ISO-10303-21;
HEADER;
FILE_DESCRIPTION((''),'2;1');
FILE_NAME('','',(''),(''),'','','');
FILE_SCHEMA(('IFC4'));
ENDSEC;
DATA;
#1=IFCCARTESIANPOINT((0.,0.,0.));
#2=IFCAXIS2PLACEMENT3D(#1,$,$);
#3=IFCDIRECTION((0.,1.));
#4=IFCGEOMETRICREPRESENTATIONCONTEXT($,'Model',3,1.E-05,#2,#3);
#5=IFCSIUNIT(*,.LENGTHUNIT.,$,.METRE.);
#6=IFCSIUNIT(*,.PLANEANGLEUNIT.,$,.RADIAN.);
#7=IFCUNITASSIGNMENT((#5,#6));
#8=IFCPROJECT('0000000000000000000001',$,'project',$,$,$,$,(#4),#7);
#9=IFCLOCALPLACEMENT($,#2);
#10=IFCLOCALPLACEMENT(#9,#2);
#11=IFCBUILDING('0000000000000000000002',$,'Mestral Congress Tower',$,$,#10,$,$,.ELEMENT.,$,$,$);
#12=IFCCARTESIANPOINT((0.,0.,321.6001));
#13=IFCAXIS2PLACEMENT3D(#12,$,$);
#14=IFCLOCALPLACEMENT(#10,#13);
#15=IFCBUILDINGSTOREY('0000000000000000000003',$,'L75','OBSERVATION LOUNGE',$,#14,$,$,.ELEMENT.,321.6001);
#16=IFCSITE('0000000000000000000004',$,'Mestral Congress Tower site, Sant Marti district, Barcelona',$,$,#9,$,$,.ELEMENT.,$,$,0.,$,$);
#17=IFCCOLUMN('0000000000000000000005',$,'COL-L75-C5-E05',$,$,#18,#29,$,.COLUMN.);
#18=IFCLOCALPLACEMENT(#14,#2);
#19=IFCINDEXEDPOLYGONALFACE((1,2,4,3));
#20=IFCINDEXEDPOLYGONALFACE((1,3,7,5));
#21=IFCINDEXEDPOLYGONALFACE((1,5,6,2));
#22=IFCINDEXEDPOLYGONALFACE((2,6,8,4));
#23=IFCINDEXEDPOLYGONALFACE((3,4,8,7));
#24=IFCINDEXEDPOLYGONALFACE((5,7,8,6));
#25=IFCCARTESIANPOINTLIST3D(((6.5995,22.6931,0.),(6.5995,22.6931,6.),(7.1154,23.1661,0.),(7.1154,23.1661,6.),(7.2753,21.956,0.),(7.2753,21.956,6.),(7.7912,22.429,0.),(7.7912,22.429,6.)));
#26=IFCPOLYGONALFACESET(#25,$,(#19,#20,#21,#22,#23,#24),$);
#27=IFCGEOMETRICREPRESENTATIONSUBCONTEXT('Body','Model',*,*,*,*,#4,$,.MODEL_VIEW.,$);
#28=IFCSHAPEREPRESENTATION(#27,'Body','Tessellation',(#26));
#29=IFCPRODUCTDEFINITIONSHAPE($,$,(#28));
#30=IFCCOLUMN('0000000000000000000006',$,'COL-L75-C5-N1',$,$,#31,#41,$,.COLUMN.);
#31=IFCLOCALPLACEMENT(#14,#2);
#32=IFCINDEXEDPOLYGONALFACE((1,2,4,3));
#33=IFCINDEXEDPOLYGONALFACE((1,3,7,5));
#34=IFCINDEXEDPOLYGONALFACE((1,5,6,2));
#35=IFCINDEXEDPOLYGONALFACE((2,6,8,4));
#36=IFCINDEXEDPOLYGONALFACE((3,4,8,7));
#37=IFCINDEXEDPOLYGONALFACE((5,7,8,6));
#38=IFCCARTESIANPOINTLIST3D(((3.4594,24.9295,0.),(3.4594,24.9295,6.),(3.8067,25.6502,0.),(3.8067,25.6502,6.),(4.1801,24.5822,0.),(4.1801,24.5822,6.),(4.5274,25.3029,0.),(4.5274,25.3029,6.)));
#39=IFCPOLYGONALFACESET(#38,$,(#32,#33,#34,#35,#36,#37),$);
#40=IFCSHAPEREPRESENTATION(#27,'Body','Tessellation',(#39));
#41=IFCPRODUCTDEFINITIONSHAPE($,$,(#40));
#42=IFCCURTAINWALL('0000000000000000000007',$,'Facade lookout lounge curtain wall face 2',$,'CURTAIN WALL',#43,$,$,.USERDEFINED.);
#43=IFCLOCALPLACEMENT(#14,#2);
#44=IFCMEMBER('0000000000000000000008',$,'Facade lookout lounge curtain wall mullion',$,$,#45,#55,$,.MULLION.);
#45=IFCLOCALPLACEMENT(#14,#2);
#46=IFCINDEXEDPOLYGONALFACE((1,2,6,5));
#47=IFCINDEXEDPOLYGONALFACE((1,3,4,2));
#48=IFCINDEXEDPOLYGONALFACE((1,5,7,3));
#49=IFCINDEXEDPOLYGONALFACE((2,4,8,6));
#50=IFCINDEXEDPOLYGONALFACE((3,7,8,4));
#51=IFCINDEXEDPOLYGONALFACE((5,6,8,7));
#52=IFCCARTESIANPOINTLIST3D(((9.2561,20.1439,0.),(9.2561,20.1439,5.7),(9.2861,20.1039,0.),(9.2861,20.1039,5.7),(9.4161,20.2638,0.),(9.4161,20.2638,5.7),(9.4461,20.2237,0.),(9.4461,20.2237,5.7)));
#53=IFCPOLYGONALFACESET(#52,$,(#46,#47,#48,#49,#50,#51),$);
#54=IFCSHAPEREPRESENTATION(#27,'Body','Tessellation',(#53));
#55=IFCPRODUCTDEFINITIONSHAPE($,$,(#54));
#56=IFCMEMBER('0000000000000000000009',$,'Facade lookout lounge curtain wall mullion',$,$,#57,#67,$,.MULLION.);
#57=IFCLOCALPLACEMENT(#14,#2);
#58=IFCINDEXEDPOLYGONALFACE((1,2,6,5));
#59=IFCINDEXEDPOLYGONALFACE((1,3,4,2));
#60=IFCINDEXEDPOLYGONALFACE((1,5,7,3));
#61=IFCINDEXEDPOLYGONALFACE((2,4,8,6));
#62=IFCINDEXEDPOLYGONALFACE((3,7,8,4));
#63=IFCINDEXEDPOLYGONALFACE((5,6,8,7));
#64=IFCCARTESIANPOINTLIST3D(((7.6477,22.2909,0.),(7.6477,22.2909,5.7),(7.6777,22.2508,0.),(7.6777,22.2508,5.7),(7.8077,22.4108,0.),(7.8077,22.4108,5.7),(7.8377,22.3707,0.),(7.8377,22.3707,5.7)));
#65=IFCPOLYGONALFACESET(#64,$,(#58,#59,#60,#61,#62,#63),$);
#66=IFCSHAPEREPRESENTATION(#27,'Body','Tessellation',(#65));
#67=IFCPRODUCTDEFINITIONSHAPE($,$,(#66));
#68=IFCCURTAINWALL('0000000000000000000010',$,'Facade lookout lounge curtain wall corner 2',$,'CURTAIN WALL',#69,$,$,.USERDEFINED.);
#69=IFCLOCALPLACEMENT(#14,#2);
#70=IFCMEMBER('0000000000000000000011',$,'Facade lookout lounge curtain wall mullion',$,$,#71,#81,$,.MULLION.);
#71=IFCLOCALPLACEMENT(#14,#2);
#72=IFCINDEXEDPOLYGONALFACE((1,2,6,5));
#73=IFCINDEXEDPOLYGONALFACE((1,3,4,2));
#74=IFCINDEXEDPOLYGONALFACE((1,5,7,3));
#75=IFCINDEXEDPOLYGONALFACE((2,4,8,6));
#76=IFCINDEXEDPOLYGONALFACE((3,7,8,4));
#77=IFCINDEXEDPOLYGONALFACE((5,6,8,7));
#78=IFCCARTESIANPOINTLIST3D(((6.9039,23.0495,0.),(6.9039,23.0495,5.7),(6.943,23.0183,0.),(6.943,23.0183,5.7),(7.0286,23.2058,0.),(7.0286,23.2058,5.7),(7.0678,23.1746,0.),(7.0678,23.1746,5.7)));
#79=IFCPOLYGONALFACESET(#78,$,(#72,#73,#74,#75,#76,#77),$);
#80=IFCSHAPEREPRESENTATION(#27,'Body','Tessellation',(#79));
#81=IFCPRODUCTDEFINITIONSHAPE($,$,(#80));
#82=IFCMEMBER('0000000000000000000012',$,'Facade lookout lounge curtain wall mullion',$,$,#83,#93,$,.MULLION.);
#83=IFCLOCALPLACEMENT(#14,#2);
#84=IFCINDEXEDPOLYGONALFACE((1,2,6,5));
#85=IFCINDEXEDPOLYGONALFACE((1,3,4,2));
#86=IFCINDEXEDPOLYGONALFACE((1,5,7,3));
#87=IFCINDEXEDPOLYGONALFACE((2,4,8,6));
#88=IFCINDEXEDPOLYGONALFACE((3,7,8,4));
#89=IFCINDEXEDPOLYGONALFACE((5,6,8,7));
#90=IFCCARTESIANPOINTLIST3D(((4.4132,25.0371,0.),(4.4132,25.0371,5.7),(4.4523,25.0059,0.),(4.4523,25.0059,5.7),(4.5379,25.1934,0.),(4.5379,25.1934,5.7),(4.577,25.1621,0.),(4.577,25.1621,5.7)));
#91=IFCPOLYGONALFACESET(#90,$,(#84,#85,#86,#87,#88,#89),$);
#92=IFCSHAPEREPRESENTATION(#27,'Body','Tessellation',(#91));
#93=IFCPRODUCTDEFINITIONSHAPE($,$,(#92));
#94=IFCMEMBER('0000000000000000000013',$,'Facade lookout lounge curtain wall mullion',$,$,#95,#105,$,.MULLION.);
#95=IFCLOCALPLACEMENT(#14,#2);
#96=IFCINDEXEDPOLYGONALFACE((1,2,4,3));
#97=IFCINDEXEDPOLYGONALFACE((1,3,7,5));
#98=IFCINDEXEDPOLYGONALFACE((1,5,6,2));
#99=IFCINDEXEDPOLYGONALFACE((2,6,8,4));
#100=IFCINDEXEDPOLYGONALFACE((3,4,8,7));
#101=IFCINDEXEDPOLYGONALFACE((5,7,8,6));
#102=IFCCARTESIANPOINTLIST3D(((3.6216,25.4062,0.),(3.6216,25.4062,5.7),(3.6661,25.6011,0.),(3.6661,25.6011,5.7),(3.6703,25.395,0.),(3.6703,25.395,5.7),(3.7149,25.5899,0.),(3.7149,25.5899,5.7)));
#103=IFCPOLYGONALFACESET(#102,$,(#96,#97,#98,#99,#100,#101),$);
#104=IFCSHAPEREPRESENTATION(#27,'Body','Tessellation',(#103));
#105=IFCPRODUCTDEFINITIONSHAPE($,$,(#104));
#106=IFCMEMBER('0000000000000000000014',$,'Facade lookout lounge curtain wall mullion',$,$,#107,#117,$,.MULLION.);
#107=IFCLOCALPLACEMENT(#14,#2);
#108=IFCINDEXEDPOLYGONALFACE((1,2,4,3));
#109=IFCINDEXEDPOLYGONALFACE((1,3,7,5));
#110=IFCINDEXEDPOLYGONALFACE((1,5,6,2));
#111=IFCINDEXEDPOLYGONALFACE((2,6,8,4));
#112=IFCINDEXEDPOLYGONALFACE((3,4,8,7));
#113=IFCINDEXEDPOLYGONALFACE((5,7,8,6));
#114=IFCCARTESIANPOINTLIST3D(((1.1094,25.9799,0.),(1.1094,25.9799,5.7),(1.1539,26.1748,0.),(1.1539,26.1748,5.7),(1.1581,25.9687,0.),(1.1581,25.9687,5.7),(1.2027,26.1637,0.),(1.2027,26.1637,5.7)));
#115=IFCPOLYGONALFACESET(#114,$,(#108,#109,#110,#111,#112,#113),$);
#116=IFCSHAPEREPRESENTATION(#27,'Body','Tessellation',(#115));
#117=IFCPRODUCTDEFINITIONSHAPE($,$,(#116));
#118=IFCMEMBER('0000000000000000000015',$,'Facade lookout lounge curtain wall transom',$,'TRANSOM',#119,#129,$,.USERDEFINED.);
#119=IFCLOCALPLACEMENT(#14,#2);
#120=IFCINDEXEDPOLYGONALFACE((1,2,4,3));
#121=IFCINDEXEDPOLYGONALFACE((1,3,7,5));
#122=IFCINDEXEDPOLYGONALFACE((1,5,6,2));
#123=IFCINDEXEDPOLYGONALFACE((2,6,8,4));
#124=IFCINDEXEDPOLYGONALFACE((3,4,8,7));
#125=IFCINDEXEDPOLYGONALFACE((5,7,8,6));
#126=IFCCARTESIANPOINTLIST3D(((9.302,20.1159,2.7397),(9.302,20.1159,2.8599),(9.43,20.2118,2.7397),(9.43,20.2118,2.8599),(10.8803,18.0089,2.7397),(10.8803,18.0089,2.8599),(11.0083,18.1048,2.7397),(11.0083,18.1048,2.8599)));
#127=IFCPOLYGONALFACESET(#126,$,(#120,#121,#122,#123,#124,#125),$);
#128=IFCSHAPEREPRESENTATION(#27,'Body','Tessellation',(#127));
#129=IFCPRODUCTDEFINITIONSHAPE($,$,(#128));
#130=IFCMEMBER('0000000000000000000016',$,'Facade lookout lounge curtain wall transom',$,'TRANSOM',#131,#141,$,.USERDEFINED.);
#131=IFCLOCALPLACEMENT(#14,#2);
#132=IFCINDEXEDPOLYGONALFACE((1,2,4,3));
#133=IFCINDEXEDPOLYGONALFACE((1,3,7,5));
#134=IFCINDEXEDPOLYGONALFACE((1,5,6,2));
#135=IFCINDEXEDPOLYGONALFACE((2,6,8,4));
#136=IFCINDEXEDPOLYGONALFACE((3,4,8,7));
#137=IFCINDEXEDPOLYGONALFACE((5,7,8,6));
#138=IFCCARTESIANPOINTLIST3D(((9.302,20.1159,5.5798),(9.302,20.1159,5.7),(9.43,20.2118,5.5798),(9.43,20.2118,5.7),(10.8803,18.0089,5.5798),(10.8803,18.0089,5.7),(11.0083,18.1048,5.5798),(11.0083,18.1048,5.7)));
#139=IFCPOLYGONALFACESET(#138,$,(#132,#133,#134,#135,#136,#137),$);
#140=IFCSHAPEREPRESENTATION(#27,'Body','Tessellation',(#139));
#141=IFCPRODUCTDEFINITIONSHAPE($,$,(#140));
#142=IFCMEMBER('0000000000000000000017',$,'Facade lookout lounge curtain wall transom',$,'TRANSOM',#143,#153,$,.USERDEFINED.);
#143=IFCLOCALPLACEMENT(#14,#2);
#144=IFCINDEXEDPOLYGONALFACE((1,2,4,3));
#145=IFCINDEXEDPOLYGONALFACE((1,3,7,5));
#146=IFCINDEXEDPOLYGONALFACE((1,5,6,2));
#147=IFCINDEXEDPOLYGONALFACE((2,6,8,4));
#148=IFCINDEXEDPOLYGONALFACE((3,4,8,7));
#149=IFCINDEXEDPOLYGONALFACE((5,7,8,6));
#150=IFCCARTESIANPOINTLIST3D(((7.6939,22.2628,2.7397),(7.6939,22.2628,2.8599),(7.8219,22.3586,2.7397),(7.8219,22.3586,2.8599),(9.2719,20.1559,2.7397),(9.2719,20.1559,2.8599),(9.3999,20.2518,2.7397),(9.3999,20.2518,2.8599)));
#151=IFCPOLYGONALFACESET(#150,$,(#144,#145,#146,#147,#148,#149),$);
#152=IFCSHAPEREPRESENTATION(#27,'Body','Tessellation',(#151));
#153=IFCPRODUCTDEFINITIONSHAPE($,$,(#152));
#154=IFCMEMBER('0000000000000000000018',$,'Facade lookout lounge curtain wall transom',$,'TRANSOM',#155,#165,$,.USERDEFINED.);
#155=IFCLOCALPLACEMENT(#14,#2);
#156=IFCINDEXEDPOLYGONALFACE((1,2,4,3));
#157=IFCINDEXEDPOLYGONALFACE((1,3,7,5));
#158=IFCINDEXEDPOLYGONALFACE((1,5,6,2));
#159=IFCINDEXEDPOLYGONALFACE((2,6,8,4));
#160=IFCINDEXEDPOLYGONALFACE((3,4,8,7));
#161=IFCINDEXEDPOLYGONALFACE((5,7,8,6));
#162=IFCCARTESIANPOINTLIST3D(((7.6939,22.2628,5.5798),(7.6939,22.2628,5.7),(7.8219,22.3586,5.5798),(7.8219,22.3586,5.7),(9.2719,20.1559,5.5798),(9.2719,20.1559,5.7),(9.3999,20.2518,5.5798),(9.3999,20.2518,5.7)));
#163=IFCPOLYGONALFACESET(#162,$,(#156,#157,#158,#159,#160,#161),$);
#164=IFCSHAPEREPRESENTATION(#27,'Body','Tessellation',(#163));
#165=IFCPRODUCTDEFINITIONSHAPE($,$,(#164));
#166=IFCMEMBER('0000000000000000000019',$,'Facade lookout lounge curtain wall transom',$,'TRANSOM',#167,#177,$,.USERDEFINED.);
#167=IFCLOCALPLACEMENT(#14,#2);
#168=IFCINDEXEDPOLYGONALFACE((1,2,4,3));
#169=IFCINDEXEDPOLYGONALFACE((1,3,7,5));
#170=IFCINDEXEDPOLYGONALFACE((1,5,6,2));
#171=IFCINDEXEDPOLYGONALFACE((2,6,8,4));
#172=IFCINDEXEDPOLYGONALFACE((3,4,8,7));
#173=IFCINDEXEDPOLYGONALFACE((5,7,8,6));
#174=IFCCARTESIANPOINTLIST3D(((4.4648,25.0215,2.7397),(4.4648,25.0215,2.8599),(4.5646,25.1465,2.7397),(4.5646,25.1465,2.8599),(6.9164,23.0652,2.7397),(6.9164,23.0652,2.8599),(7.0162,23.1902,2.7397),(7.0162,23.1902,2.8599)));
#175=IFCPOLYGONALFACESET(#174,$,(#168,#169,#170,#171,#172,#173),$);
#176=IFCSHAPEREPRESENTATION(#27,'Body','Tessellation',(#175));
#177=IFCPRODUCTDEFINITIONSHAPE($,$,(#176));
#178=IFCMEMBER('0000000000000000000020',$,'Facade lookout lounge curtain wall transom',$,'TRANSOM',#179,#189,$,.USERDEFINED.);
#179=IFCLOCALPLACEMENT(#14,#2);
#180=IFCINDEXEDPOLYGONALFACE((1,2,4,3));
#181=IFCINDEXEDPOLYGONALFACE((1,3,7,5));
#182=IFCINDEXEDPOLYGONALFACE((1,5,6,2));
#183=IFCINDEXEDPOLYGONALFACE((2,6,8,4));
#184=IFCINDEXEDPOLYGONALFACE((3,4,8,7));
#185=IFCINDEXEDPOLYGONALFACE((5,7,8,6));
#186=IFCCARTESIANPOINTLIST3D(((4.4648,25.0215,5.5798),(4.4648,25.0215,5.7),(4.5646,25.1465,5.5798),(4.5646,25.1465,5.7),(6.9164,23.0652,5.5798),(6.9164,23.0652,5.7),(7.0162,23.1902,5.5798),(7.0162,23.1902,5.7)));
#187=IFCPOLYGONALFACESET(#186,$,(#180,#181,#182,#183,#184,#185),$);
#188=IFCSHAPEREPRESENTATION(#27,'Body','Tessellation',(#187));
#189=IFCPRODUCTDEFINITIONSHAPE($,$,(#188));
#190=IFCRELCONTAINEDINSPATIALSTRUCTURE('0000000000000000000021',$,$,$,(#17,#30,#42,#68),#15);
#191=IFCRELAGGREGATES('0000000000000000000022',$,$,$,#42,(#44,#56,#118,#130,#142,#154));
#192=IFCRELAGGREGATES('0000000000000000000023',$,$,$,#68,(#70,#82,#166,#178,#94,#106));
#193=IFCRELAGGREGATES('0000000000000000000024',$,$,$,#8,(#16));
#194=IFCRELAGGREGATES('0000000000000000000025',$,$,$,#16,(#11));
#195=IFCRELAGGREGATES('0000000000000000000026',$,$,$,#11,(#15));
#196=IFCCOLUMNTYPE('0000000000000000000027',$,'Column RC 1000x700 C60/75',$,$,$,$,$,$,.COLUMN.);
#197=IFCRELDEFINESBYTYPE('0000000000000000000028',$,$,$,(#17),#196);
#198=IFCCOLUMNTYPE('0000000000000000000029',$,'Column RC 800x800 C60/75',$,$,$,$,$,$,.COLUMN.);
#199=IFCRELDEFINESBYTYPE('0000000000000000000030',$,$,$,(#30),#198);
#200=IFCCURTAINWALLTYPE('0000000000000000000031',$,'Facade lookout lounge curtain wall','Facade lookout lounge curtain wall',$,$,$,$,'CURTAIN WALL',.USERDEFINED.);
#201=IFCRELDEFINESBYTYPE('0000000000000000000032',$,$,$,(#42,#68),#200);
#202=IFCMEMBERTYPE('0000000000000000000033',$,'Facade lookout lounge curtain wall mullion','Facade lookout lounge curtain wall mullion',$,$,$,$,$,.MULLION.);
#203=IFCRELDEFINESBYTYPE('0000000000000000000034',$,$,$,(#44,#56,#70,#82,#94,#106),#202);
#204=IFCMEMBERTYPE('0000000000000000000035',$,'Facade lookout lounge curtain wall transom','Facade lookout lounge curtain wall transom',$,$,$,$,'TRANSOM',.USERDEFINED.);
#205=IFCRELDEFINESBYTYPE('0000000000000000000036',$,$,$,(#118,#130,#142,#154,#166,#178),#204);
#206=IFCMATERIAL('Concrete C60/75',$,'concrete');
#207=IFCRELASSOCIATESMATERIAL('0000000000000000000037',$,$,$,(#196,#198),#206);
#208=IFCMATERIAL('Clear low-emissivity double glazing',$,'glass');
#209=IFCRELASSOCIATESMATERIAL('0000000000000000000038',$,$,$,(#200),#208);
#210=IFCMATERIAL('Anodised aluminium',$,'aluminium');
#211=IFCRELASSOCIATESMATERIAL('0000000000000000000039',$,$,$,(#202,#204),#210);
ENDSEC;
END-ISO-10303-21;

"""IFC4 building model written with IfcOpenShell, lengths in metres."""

from ifc_helpers import new_model, si_unit, direction, frame, origin, origin_2d, place, context, subcontext, project, spatial, rectangle, extrude, material, material_profile, profile_set, type_object, element, aggregate, save


model = new_model("IFC4")

# Units and contexts
model_context = context("Model", 3, precision=1e-05, world=origin(), true_north=direction((0.0, 1.0)))
body_context = subcontext(model_context, "Body", "Model", "MODEL_VIEW")
ifc_project = project(units=[si_unit("LENGTHUNIT", "METRE"), si_unit("PLANEANGLEUNIT", "RADIAN")], contexts=[model_context])

# Site, building, storey
site_placement = place(None, origin())
site = spatial("IfcSite", under=ifc_project, at=site_placement, Name="Mestral Congress Tower site, Sant Marti district, Barcelona", CompositionType="ELEMENT", RefElevation=0.0)
building_placement = place(site_placement, origin())
building = spatial("IfcBuilding", under=site, at=building_placement, Name="Mestral Congress Tower", CompositionType="ELEMENT")
storey_placement = place(building_placement, frame((0.0, 0.0, 321.6001)))
storey = spatial("IfcBuildingStorey", under=building, at=storey_placement, Name="L75", Description="OBSERVATION LOUNGE", CompositionType="ELEMENT", Elevation=321.6001)

# Columns
ifc_material_1 = material(Name="Concrete C60/75", Category="concrete")
ifc_material_profile_1 = material_profile(ifc_material_1, rectangle(XDim=1.0, YDim=0.7, at=origin_2d()), Name="RC 1000x700")
ifc_profile_set_1 = profile_set([ifc_material_profile_1], Name="Concrete C60/75")
column_type_1 = type_object("IfcColumnType", Name="Column RC 1000x700 C60/75", PredefinedType="COLUMN", material=ifc_profile_set_1)
column_1_placement = place(storey_placement, frame((7.1953, 22.561, 0.0), z_axis=(0.0, 0.0, 1.0), x_axis=(-0.675803, 0.737083, 0.0)))
element("IfcColumn", 1, at=column_1_placement, inside=storey, type_object=column_type_1, Name="COL-L75-C5-E05", PredefinedType="COLUMN", context=body_context, shape_type="SweptSolid", body=[
    extrude(rectangle(XDim=1.0, YDim=0.7, at=origin_2d()), origin(), (0.0, 0.0, 1.0), 6.0),
])
ifc_material_profile_2 = material_profile(ifc_material_1, rectangle(XDim=0.8, YDim=0.8, at=origin_2d()), Name="RC 800x800")
ifc_profile_set_2 = profile_set([ifc_material_profile_2], Name="Concrete C60/75")
column_type_2 = type_object("IfcColumnType", Name="Column RC 800x800 C60/75", PredefinedType="COLUMN", material=ifc_profile_set_2)
column_2_placement = place(storey_placement, frame((3.9934, 25.1162, 0.0), z_axis=(0.0, 0.0, 1.0), x_axis=(-0.900873, 0.434082, 0.0)))
element("IfcColumn", 2, at=column_2_placement, inside=storey, type_object=column_type_2, Name="COL-L75-C5-N1", PredefinedType="COLUMN", context=body_context, shape_type="SweptSolid", body=[
    extrude(rectangle(XDim=0.8, YDim=0.8, at=origin_2d()), origin(), (0.0, 0.0, 1.0), 6.0),
])

# Curtain walls, members
ifc_material_2 = material(Name="Clear low-emissivity double glazing", Category="glass")
curtain_wall_type = type_object("IfcCurtainWallType", Name="Facade lookout lounge curtain wall", Description="Facade lookout lounge curtain wall", ElementType="CURTAIN WALL", PredefinedType="USERDEFINED", material=ifc_material_2)
placement = place(storey_placement, origin())
curtain_wall_1 = element("IfcCurtainWall", 3, at=placement, inside=storey, type_object=curtain_wall_type, Name="Facade lookout lounge curtain wall face 2", ObjectType="CURTAIN WALL", PredefinedType="USERDEFINED")
ifc_material_3 = material(Name="Anodised aluminium", Category="aluminium")
ifc_material_profile_3 = material_profile(ifc_material_3, rectangle(XDim=0.2, YDim=0.05, at=origin_2d()), Name="CW2 mullion 200 x 50")
ifc_profile_set_3 = profile_set([ifc_material_profile_3], Name="Anodised aluminium")
member_type_1 = type_object("IfcMemberType", Name="Facade lookout lounge curtain wall mullion", Description="Facade lookout lounge curtain wall mullion", PredefinedType="MULLION", material=ifc_profile_set_3)
member_1_placement = place(storey_placement, frame((9.3511, 20.1838, 0.0), z_axis=(0.0, 0.0, 1.0), x_axis=(0.800343, 0.599542, 0.0)))
member_1 = element("IfcMember", 4, at=member_1_placement, type_object=member_type_1, Name="Facade lookout lounge curtain wall mullion", PredefinedType="MULLION", context=body_context, shape_type="SweptSolid", body=[
    extrude(rectangle(XDim=0.2, YDim=0.05, at=origin_2d()), origin(), (0.0, 0.0, 1.0), 5.7),
])
member_2_placement = place(storey_placement, frame((7.7427, 22.3308, 0.0), z_axis=(0.0, 0.0, 1.0), x_axis=(0.800343, 0.599542, 0.0)))
member_2 = element("IfcMember", 5, at=member_2_placement, type_object=member_type_1, Name="Facade lookout lounge curtain wall mullion", PredefinedType="MULLION", context=body_context, shape_type="SweptSolid", body=[
    extrude(rectangle(XDim=0.2, YDim=0.05, at=origin_2d()), origin(), (0.0, 0.0, 1.0), 5.7),
])
curtain_wall_2 = element("IfcCurtainWall", 6, at=placement, inside=storey, type_object=curtain_wall_type, Name="Facade lookout lounge curtain wall corner 2", ObjectType="CURTAIN WALL", PredefinedType="USERDEFINED")
member_3_placement = place(storey_placement, frame((6.9858, 23.1121, 0.0), z_axis=(0.0, 0.0, 1.0), x_axis=(0.623738, 0.781634, 0.0)))
member_3 = element("IfcMember", 7, at=member_3_placement, type_object=member_type_1, Name="Facade lookout lounge curtain wall mullion", PredefinedType="MULLION", context=body_context, shape_type="SweptSolid", body=[
    extrude(rectangle(XDim=0.2, YDim=0.05, at=origin_2d()), origin(), (0.0, 0.0, 1.0), 5.7),
])
member_4_placement = place(storey_placement, frame((4.4951, 25.0996, 0.0), z_axis=(0.0, 0.0, 1.0), x_axis=(0.623738, 0.781634, 0.0)))
member_4 = element("IfcMember", 8, at=member_4_placement, type_object=member_type_1, Name="Facade lookout lounge curtain wall mullion", PredefinedType="MULLION", context=body_context, shape_type="SweptSolid", body=[
    extrude(rectangle(XDim=0.2, YDim=0.05, at=origin_2d()), origin(), (0.0, 0.0, 1.0), 5.7),
])
member_5_placement = place(storey_placement, frame((3.6682, 25.498, 0.0), z_axis=(0.0, 0.0, 1.0), x_axis=(0.222646, 0.974899, 0.0)))
member_5 = element("IfcMember", 9, at=member_5_placement, type_object=member_type_1, Name="Facade lookout lounge curtain wall mullion", PredefinedType="MULLION", context=body_context, shape_type="SweptSolid", body=[
    extrude(rectangle(XDim=0.2, YDim=0.05, at=origin_2d()), origin(), (0.0, 0.0, 1.0), 5.7),
])
member_6_placement = place(storey_placement, frame((1.156, 26.0718, 0.0), z_axis=(0.0, 0.0, 1.0), x_axis=(0.222646, 0.974899, 0.0)))
member_6 = element("IfcMember", 10, at=member_6_placement, type_object=member_type_1, Name="Facade lookout lounge curtain wall mullion", PredefinedType="MULLION", context=body_context, shape_type="SweptSolid", body=[
    extrude(rectangle(XDim=0.2, YDim=0.05, at=origin_2d()), origin(), (0.0, 0.0, 1.0), 5.7),
])

# Members
ifc_material_profile_4 = material_profile(ifc_material_3, rectangle(XDim=0.1599, YDim=0.1201, at=origin_2d()), Name="CW2 transom 160 x 120")
ifc_profile_set_4 = profile_set([ifc_material_profile_4], Name="Anodised aluminium")
member_type_2 = type_object("IfcMemberType", Name="Facade lookout lounge curtain wall transom", Description="Facade lookout lounge curtain wall transom", ElementType="TRANSOM", PredefinedType="USERDEFINED", material=ifc_profile_set_4)
member_7_placement = place(storey_placement, frame((10.9443, 18.0569, 2.7998), z_axis=(-0.599555, 0.800334, 0.0), x_axis=(-0.800334, -0.599555, 0.0)))
member_7 = element("IfcMember", 11, at=member_7_placement, type_object=member_type_2, Name="Facade lookout lounge curtain wall transom", ObjectType="TRANSOM", PredefinedType="USERDEFINED", context=body_context, shape_type="SweptSolid", body=[
    extrude(rectangle(XDim=0.1599, YDim=0.1201, at=origin_2d()), origin(), (0.0, 0.0, 1.0), 2.6326),
])
member_8_placement = place(storey_placement, frame((10.9443, 18.0569, 5.6399), z_axis=(-0.599555, 0.800334, 0.0), x_axis=(-0.800334, -0.599555, 0.0)))
member_8 = element("IfcMember", 12, at=member_8_placement, type_object=member_type_2, Name="Facade lookout lounge curtain wall transom", ObjectType="TRANSOM", PredefinedType="USERDEFINED", context=body_context, shape_type="SweptSolid", body=[
    extrude(rectangle(XDim=0.1599, YDim=0.1201, at=origin_2d()), origin(), (0.0, 0.0, 1.0), 2.6326),
])
member_9_placement = place(storey_placement, frame((9.3359, 20.2039, 2.7998), z_axis=(-0.599495, 0.800378, 0.0), x_axis=(-0.800378, -0.599495, 0.0)))
member_9 = element("IfcMember", 13, at=member_9_placement, type_object=member_type_2, Name="Facade lookout lounge curtain wall transom", ObjectType="TRANSOM", PredefinedType="USERDEFINED", context=body_context, shape_type="SweptSolid", body=[
    extrude(rectangle(XDim=0.1599, YDim=0.1201, at=origin_2d()), origin(), (0.0, 0.0, 1.0), 2.6323),
])
member_10_placement = place(storey_placement, frame((9.3359, 20.2039, 5.6399), z_axis=(-0.599495, 0.800378, 0.0), x_axis=(-0.800378, -0.599495, 0.0)))
member_10 = element("IfcMember", 14, at=member_10_placement, type_object=member_type_2, Name="Facade lookout lounge curtain wall transom", ObjectType="TRANSOM", PredefinedType="USERDEFINED", context=body_context, shape_type="SweptSolid", body=[
    extrude(rectangle(XDim=0.1599, YDim=0.1201, at=origin_2d()), origin(), (0.0, 0.0, 1.0), 2.6323),
])
member_11_placement = place(storey_placement, frame((6.9663, 23.1277, 2.7998), z_axis=(-0.78165, 0.623717, 0.0), x_axis=(-0.623717, -0.78165, 0.0)))
member_11 = element("IfcMember", 15, at=member_11_placement, type_object=member_type_2, Name="Facade lookout lounge curtain wall transom", ObjectType="TRANSOM", PredefinedType="USERDEFINED", context=body_context, shape_type="SweptSolid", body=[
    extrude(rectangle(XDim=0.1599, YDim=0.1201, at=origin_2d()), origin(), (0.0, 0.0, 1.0), 3.1365),
])
member_12_placement = place(storey_placement, frame((6.9663, 23.1277, 5.6399), z_axis=(-0.78165, 0.623717, 0.0), x_axis=(-0.623717, -0.78165, 0.0)))
member_12 = element("IfcMember", 16, at=member_12_placement, type_object=member_type_2, Name="Facade lookout lounge curtain wall transom", ObjectType="TRANSOM", PredefinedType="USERDEFINED", context=body_context, shape_type="SweptSolid", body=[
    extrude(rectangle(XDim=0.1599, YDim=0.1201, at=origin_2d()), origin(), (0.0, 0.0, 1.0), 3.1365),
])

aggregate(curtain_wall_1, [member_1, member_2, member_7, member_8, member_9, member_10])
aggregate(curtain_wall_2, [member_3, member_4, member_11, member_12, member_5, member_6])

save(model, "model.ifc")
